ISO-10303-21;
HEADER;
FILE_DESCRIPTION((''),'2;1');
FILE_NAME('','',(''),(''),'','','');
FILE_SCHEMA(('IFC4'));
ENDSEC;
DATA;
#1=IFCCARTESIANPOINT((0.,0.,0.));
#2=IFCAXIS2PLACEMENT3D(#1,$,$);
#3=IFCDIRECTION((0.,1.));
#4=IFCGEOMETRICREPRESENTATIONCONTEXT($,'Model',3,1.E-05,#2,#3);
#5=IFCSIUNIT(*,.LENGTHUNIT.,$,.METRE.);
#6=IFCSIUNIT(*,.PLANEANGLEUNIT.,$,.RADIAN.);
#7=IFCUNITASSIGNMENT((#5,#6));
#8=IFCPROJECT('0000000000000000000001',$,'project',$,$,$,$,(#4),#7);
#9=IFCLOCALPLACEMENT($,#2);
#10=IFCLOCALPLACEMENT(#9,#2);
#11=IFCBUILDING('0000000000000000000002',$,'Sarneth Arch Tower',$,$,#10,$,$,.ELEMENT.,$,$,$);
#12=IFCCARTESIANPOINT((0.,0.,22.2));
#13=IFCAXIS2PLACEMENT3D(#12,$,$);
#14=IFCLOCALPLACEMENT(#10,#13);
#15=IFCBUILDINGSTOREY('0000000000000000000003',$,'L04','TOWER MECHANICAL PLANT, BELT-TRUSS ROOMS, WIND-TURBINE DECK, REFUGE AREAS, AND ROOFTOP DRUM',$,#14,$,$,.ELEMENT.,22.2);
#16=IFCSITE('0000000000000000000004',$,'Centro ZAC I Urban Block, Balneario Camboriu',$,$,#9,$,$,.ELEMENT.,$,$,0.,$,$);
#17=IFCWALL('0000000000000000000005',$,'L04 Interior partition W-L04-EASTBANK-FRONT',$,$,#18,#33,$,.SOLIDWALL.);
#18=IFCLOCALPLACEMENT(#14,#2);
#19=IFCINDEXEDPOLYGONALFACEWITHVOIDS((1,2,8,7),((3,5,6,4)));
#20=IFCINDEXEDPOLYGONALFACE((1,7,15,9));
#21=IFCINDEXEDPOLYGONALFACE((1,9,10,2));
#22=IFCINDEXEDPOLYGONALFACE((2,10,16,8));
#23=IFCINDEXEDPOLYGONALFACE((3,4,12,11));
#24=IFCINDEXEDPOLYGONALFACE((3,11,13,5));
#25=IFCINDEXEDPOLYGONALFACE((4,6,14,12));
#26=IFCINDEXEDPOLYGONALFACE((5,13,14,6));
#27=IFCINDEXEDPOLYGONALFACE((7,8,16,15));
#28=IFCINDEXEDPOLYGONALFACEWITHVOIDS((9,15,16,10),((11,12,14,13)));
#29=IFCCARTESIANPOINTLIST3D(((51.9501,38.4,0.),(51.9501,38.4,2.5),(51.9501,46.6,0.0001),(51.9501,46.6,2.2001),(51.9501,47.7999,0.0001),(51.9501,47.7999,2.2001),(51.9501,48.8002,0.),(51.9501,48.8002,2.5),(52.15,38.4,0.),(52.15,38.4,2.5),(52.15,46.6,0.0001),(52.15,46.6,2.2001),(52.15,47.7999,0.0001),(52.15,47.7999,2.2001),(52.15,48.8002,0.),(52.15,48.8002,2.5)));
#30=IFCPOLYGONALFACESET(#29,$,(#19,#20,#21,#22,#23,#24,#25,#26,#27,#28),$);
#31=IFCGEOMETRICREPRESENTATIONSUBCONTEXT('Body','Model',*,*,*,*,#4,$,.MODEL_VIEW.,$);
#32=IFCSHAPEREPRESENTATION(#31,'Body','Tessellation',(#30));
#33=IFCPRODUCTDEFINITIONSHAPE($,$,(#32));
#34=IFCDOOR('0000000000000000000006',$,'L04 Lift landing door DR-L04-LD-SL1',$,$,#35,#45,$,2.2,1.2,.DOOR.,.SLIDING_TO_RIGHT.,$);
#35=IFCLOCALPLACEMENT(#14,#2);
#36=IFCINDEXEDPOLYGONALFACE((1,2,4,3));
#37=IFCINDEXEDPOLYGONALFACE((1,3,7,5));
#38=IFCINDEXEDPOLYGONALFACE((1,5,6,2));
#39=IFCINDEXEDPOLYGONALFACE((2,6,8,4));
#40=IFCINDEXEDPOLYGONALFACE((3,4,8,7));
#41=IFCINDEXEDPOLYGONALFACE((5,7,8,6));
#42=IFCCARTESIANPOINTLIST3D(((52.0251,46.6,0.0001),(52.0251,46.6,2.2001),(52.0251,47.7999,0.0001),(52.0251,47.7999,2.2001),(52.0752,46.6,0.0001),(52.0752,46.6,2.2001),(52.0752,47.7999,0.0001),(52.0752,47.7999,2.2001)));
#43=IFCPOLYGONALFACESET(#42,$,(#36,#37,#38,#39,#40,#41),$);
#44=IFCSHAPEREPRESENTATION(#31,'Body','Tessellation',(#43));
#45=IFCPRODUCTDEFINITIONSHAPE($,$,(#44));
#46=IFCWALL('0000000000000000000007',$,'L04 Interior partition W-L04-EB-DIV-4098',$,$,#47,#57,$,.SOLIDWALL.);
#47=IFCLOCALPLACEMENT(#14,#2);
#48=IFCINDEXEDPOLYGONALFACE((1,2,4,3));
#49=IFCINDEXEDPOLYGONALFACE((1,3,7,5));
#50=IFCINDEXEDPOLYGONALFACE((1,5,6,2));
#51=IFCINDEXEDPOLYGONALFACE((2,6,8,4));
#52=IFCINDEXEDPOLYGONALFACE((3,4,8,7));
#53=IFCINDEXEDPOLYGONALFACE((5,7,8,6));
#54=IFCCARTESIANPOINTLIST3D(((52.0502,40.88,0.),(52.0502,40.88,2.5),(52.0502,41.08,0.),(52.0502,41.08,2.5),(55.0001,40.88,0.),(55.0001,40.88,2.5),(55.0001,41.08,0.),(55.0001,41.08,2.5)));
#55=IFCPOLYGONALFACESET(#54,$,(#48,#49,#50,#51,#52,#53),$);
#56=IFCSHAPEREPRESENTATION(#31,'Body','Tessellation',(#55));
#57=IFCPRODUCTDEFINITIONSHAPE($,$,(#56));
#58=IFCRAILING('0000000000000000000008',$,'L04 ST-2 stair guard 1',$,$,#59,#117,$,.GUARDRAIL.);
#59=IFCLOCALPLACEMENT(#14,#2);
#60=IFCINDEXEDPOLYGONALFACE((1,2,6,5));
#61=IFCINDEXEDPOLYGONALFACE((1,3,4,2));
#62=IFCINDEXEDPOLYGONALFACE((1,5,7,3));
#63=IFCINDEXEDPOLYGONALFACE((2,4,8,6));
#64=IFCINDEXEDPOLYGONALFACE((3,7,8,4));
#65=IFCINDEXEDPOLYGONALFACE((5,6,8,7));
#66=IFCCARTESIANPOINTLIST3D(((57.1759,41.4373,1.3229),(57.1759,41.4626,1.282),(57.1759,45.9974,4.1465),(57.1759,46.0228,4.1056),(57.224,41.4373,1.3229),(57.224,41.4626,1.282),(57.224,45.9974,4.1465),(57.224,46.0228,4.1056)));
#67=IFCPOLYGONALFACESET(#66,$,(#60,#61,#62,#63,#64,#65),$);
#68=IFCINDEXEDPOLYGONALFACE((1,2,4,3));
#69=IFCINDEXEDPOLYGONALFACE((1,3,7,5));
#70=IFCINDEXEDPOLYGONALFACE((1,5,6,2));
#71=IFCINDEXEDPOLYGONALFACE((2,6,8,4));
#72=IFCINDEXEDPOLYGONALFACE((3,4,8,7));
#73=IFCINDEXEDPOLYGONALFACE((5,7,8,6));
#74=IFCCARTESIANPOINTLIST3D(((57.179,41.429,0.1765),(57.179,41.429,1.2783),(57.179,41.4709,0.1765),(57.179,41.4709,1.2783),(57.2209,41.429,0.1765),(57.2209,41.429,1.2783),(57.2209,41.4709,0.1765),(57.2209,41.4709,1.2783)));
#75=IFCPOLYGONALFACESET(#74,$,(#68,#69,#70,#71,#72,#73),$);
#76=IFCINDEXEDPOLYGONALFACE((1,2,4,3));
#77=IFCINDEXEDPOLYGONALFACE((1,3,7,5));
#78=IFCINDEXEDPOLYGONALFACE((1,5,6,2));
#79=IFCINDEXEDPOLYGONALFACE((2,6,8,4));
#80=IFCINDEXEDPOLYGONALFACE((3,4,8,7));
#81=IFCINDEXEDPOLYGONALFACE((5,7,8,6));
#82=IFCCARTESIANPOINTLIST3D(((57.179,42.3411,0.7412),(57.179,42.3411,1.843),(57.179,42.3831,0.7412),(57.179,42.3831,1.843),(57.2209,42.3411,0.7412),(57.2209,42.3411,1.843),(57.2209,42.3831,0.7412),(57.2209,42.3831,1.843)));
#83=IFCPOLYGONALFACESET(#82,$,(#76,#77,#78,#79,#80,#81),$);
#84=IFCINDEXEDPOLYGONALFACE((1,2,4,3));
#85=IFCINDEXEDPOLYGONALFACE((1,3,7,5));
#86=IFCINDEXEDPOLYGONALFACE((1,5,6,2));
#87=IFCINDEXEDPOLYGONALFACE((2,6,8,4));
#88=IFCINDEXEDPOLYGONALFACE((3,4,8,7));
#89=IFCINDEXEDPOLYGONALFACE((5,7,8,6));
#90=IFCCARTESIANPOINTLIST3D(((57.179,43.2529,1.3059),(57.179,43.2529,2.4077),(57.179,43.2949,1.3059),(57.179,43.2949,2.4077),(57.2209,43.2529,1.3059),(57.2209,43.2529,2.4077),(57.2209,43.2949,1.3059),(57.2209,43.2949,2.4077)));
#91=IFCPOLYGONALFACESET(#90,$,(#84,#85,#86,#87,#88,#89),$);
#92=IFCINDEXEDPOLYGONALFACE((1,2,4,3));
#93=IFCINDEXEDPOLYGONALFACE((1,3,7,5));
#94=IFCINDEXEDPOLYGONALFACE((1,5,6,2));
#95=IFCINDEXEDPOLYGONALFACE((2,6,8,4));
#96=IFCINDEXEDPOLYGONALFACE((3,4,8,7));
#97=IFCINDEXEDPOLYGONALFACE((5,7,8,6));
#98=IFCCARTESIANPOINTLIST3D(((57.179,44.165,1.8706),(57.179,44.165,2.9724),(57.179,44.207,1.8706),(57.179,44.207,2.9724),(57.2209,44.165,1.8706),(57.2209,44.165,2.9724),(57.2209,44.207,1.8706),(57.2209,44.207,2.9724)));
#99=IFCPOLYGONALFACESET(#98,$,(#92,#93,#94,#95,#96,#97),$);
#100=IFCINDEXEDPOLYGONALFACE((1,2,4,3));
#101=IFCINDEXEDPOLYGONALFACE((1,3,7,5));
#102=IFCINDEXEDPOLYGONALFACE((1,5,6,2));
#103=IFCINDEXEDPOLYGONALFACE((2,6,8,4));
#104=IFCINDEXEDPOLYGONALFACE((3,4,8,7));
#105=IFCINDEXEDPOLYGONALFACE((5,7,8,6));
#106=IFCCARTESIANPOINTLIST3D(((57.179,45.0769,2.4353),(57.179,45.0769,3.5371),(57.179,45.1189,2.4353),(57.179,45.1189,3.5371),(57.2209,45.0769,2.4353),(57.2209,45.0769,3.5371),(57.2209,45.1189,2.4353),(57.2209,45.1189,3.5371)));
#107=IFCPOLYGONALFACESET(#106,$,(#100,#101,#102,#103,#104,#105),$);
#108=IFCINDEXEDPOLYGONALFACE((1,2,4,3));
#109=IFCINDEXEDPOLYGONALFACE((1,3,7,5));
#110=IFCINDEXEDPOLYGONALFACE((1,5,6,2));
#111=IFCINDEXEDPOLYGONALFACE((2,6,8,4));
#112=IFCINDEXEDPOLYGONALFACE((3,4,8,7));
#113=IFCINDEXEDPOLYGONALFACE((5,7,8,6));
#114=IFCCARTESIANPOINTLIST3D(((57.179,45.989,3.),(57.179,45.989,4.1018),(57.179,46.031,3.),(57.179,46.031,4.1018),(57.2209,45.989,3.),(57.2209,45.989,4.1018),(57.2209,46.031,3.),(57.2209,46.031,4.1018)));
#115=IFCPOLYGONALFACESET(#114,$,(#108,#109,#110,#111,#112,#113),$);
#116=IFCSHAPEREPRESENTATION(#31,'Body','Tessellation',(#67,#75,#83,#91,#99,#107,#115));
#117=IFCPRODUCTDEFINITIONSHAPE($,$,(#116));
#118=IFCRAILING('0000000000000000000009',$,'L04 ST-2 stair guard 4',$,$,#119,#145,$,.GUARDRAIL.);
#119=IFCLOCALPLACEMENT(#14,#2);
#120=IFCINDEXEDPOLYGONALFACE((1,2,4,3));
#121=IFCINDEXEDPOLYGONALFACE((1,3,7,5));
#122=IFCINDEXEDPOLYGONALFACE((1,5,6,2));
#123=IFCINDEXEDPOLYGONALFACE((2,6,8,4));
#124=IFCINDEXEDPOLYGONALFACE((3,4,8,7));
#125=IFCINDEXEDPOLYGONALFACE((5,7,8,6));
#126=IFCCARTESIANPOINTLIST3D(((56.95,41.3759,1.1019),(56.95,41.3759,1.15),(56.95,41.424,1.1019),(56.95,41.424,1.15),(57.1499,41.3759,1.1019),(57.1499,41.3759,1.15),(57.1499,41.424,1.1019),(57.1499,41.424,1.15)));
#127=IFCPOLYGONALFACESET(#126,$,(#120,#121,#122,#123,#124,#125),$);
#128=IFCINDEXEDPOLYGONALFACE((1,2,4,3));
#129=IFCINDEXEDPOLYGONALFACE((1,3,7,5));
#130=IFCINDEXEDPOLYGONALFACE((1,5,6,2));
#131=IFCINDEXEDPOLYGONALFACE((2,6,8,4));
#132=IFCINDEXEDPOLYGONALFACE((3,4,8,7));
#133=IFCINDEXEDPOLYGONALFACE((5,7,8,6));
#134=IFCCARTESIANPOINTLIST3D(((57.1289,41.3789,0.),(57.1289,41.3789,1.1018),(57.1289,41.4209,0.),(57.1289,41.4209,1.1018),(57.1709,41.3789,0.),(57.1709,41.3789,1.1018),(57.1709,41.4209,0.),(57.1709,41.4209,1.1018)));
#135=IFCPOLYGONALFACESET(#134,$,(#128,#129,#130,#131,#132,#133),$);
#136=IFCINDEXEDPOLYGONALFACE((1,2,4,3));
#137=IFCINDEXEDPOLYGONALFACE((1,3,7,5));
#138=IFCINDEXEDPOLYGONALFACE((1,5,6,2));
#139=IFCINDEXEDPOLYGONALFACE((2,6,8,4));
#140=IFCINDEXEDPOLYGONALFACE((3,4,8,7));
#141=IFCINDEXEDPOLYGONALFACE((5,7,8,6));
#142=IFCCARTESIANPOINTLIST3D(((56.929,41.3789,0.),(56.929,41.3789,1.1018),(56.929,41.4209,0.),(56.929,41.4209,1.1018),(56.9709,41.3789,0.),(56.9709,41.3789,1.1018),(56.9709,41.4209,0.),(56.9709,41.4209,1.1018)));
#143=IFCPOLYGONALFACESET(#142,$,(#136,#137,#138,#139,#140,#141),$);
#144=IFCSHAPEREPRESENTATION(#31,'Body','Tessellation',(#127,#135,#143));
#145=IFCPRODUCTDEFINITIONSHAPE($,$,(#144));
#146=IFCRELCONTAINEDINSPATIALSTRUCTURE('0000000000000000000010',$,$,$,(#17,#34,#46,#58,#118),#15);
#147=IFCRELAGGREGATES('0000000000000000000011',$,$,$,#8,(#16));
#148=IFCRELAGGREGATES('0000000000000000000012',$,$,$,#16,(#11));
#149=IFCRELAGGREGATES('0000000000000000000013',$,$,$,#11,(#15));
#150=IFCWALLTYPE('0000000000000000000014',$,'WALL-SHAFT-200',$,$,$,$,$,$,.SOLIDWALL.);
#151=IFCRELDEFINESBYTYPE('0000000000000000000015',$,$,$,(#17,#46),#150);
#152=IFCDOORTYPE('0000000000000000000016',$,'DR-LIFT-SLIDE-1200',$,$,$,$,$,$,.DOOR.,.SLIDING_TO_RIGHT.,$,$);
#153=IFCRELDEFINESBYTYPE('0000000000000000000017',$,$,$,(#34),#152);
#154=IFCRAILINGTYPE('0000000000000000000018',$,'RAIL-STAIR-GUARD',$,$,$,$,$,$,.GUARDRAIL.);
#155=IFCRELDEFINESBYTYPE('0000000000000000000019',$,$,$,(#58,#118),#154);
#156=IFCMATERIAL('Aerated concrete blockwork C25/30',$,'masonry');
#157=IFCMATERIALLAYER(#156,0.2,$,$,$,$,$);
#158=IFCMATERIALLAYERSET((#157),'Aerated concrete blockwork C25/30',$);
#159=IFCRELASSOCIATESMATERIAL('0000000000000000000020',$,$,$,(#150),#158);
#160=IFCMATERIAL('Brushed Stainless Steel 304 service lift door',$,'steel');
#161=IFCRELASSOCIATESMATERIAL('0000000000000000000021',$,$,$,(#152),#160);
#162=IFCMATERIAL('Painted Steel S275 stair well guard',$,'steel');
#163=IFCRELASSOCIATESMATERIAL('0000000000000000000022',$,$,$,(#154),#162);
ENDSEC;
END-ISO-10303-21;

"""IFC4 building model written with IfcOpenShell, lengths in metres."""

from ifc_helpers import new_model, si_unit, direction, frame, frame_2d, origin, origin_2d, place, context, subcontext, project, spatial, rectangle, extrude, material, layer, layer_set, type_object, element, fill, save


model = new_model("IFC4")

# Units and contexts
model_context = context("Model", 3, precision=1e-05, world=origin(), true_north=direction((0.0, 1.0)))
body_context = subcontext(model_context, "Body", "Model", "MODEL_VIEW")
ifc_project = project(units=[si_unit("LENGTHUNIT", "METRE"), si_unit("PLANEANGLEUNIT", "RADIAN")], contexts=[model_context])

# Site, building, storey
site_placement = place(None, origin())
site = spatial("IfcSite", under=ifc_project, at=site_placement, Name="Centro ZAC I Urban Block, Balneario Camboriu", CompositionType="ELEMENT", RefElevation=0.0)
building_placement = place(site_placement, origin())
building = spatial("IfcBuilding", under=site, at=building_placement, Name="Sarneth Arch Tower", CompositionType="ELEMENT")
storey_placement = place(building_placement, frame((0.0, 0.0, 22.2)))
storey = spatial("IfcBuildingStorey", under=building, at=storey_placement, Name="L04", Description="TOWER MECHANICAL PLANT, BELT-TRUSS ROOMS, WIND-TURBINE DECK, REFUGE AREAS, AND ROOFTOP DRUM", CompositionType="ELEMENT", Elevation=22.2)

# Shared definitions
ifc_material_1 = material(Name="Aerated concrete blockwork C25/30", Category="masonry")
ifc_layer_1 = layer(ifc_material_1, 0.2)
ifc_layer_set_1 = layer_set([ifc_layer_1], Name="Aerated concrete blockwork C25/30")
wall_type_1 = type_object("IfcWallType", Name="WALL-SHAFT-200", PredefinedType="SOLIDWALL", material=ifc_layer_set_1)

# Wall, opening, door
wall_1_placement = place(storey_placement, frame((52.05, 38.3999, 0.0), z_axis=(0.0, 0.0, 1.0), x_axis=(0.0, 1.0, 0.0)))
wall_1 = element("IfcWall", 1, at=wall_1_placement, inside=storey, type_object=wall_type_1, Name="L04 Interior partition W-L04-EASTBANK-FRONT", PredefinedType="SOLIDWALL", context=body_context, shape_type="SweptSolid", body=[
    extrude(rectangle(XDim=10.4001, YDim=0.2, at=frame_2d((5.2002, 0.0))), origin(), (0.0, 0.0, 1.0), 2.5),
])
opening_1_placement = place(wall_1_placement, frame((8.2, 0.0, 0.0)))
opening_1 = element("IfcOpeningElement", 2, at=opening_1_placement, cuts=wall_1, PredefinedType="OPENING", context=body_context, shape_type="SweptSolid", body=[
    extrude(rectangle(XDim=1.2, YDim=2.2, at=frame_2d((0.6001, 1.1001))), frame((0.0, 0.1099, 0.0), z_axis=(0.0, -1.0, 0.0), x_axis=(1.0, 0.0, 0.0)), (0.0, 0.0, 1.0), 0.22),
])
ifc_material_2 = material(Name="Brushed Stainless Steel 304 service lift door", Category="steel")
door_type_1 = type_object("IfcDoorType", Name="DR-LIFT-SLIDE-1200", OperationType="SLIDING_TO_RIGHT", PredefinedType="DOOR", material=ifc_material_2)
door_1_placement = place(opening_1_placement, origin())
door_1 = element("IfcDoor", 3, at=door_1_placement, inside=storey, type_object=door_type_1, Name="L04 Lift landing door DR-L04-LD-SL1", OperationType="SLIDING_TO_RIGHT", OverallHeight=2.2, OverallWidth=1.2, PredefinedType="DOOR", context=body_context, shape_type="SweptSolid", body=[
    extrude(rectangle(XDim=1.2, YDim=2.2, at=frame_2d((0.6001, 1.1001))), frame((0.0, 0.0249, 0.0), z_axis=(0.0, -1.0, 0.0), x_axis=(1.0, 0.0, 0.0)), (0.0, 0.0, 1.0), 0.05),
])
fill(opening_1, door_1)

# Wall
wall_2_placement = place(storey_placement, frame((52.05, 40.98, 0.0), z_axis=(0.0, 0.0, 1.0), x_axis=(1.0, 0.0, 0.0)))
element("IfcWall", 4, at=wall_2_placement, inside=storey, type_object=wall_type_1, Name="L04 Interior partition W-L04-EB-DIV-4098", PredefinedType="SOLIDWALL", context=body_context, shape_type="SweptSolid", body=[
    extrude(rectangle(XDim=2.95, YDim=0.2, at=frame_2d((1.4751, 0.0))), origin(), (0.0, 0.0, 1.0), 2.5),
])

# Railings
ifc_material_3 = material(Name="Painted Steel S275 stair well guard", Category="steel")
railing_type = type_object("IfcRailingType", Name="RAIL-STAIR-GUARD", PredefinedType="GUARDRAIL", material=ifc_material_3)
railing_1_placement = place(storey_placement, frame((57.2, 41.45, 0.1765)))
element("IfcRailing", 5, at=railing_1_placement, inside=storey, type_object=railing_type, Name="L04 ST-2 stair guard 1", PredefinedType="GUARDRAIL", context=body_context, shape_type="SweptSolid", body=[
    extrude(rectangle(XDim=0.0481, YDim=0.0481, at=origin_2d()), frame((0.0, 0.0, 1.126), z_axis=(0.0, 0.850216, 0.526435), x_axis=(-1.0, 0.0, 0.0)), (0.0, 0.0, 1.0), 5.3635),
    extrude(rectangle(XDim=0.042, YDim=0.042, at=origin_2d()), origin(), (0.0, 0.0, 1.0), 1.1018),
    extrude(rectangle(XDim=0.042, YDim=0.042, at=origin_2d()), frame((0.0, 0.9121, 0.5647)), (0.0, 0.0, 1.0), 1.1018),
    extrude(rectangle(XDim=0.042, YDim=0.042, at=origin_2d()), frame((0.0, 1.824, 1.1294)), (0.0, 0.0, 1.0), 1.1018),
    extrude(rectangle(XDim=0.042, YDim=0.042, at=origin_2d()), frame((0.0, 2.7361, 1.6941)), (0.0, 0.0, 1.0), 1.1018),
    extrude(rectangle(XDim=0.042, YDim=0.042, at=origin_2d()), frame((0.0, 3.6479, 2.2588)), (0.0, 0.0, 1.0), 1.1018),
    extrude(rectangle(XDim=0.042, YDim=0.042, at=origin_2d()), frame((0.0, 4.5601, 2.8235)), (0.0, 0.0, 1.0), 1.1018),
])
railing_2_placement = place(storey_placement, frame((57.1499, 41.3999, 0.0)))
element("IfcRailing", 6, at=railing_2_placement, inside=storey, type_object=railing_type, Name="L04 ST-2 stair guard 4", PredefinedType="GUARDRAIL", context=body_context, shape_type="SweptSolid", body=[
    extrude(rectangle(XDim=0.0481, YDim=0.0481, at=origin_2d()), frame((0.0, 0.0, 1.126), z_axis=(-1.0, 0.0, 0.0), x_axis=(0.0, -1.0, 0.0)), (0.0, 0.0, 1.0), 0.2),
    extrude(rectangle(XDim=0.042, YDim=0.042, at=origin_2d()), origin(), (0.0, 0.0, 1.0), 1.1018),
    extrude(rectangle(XDim=0.042, YDim=0.042, at=origin_2d()), frame((-0.2, 0.0, 0.0)), (0.0, 0.0, 1.0), 1.1018),
])

save(model, "model.ifc")
